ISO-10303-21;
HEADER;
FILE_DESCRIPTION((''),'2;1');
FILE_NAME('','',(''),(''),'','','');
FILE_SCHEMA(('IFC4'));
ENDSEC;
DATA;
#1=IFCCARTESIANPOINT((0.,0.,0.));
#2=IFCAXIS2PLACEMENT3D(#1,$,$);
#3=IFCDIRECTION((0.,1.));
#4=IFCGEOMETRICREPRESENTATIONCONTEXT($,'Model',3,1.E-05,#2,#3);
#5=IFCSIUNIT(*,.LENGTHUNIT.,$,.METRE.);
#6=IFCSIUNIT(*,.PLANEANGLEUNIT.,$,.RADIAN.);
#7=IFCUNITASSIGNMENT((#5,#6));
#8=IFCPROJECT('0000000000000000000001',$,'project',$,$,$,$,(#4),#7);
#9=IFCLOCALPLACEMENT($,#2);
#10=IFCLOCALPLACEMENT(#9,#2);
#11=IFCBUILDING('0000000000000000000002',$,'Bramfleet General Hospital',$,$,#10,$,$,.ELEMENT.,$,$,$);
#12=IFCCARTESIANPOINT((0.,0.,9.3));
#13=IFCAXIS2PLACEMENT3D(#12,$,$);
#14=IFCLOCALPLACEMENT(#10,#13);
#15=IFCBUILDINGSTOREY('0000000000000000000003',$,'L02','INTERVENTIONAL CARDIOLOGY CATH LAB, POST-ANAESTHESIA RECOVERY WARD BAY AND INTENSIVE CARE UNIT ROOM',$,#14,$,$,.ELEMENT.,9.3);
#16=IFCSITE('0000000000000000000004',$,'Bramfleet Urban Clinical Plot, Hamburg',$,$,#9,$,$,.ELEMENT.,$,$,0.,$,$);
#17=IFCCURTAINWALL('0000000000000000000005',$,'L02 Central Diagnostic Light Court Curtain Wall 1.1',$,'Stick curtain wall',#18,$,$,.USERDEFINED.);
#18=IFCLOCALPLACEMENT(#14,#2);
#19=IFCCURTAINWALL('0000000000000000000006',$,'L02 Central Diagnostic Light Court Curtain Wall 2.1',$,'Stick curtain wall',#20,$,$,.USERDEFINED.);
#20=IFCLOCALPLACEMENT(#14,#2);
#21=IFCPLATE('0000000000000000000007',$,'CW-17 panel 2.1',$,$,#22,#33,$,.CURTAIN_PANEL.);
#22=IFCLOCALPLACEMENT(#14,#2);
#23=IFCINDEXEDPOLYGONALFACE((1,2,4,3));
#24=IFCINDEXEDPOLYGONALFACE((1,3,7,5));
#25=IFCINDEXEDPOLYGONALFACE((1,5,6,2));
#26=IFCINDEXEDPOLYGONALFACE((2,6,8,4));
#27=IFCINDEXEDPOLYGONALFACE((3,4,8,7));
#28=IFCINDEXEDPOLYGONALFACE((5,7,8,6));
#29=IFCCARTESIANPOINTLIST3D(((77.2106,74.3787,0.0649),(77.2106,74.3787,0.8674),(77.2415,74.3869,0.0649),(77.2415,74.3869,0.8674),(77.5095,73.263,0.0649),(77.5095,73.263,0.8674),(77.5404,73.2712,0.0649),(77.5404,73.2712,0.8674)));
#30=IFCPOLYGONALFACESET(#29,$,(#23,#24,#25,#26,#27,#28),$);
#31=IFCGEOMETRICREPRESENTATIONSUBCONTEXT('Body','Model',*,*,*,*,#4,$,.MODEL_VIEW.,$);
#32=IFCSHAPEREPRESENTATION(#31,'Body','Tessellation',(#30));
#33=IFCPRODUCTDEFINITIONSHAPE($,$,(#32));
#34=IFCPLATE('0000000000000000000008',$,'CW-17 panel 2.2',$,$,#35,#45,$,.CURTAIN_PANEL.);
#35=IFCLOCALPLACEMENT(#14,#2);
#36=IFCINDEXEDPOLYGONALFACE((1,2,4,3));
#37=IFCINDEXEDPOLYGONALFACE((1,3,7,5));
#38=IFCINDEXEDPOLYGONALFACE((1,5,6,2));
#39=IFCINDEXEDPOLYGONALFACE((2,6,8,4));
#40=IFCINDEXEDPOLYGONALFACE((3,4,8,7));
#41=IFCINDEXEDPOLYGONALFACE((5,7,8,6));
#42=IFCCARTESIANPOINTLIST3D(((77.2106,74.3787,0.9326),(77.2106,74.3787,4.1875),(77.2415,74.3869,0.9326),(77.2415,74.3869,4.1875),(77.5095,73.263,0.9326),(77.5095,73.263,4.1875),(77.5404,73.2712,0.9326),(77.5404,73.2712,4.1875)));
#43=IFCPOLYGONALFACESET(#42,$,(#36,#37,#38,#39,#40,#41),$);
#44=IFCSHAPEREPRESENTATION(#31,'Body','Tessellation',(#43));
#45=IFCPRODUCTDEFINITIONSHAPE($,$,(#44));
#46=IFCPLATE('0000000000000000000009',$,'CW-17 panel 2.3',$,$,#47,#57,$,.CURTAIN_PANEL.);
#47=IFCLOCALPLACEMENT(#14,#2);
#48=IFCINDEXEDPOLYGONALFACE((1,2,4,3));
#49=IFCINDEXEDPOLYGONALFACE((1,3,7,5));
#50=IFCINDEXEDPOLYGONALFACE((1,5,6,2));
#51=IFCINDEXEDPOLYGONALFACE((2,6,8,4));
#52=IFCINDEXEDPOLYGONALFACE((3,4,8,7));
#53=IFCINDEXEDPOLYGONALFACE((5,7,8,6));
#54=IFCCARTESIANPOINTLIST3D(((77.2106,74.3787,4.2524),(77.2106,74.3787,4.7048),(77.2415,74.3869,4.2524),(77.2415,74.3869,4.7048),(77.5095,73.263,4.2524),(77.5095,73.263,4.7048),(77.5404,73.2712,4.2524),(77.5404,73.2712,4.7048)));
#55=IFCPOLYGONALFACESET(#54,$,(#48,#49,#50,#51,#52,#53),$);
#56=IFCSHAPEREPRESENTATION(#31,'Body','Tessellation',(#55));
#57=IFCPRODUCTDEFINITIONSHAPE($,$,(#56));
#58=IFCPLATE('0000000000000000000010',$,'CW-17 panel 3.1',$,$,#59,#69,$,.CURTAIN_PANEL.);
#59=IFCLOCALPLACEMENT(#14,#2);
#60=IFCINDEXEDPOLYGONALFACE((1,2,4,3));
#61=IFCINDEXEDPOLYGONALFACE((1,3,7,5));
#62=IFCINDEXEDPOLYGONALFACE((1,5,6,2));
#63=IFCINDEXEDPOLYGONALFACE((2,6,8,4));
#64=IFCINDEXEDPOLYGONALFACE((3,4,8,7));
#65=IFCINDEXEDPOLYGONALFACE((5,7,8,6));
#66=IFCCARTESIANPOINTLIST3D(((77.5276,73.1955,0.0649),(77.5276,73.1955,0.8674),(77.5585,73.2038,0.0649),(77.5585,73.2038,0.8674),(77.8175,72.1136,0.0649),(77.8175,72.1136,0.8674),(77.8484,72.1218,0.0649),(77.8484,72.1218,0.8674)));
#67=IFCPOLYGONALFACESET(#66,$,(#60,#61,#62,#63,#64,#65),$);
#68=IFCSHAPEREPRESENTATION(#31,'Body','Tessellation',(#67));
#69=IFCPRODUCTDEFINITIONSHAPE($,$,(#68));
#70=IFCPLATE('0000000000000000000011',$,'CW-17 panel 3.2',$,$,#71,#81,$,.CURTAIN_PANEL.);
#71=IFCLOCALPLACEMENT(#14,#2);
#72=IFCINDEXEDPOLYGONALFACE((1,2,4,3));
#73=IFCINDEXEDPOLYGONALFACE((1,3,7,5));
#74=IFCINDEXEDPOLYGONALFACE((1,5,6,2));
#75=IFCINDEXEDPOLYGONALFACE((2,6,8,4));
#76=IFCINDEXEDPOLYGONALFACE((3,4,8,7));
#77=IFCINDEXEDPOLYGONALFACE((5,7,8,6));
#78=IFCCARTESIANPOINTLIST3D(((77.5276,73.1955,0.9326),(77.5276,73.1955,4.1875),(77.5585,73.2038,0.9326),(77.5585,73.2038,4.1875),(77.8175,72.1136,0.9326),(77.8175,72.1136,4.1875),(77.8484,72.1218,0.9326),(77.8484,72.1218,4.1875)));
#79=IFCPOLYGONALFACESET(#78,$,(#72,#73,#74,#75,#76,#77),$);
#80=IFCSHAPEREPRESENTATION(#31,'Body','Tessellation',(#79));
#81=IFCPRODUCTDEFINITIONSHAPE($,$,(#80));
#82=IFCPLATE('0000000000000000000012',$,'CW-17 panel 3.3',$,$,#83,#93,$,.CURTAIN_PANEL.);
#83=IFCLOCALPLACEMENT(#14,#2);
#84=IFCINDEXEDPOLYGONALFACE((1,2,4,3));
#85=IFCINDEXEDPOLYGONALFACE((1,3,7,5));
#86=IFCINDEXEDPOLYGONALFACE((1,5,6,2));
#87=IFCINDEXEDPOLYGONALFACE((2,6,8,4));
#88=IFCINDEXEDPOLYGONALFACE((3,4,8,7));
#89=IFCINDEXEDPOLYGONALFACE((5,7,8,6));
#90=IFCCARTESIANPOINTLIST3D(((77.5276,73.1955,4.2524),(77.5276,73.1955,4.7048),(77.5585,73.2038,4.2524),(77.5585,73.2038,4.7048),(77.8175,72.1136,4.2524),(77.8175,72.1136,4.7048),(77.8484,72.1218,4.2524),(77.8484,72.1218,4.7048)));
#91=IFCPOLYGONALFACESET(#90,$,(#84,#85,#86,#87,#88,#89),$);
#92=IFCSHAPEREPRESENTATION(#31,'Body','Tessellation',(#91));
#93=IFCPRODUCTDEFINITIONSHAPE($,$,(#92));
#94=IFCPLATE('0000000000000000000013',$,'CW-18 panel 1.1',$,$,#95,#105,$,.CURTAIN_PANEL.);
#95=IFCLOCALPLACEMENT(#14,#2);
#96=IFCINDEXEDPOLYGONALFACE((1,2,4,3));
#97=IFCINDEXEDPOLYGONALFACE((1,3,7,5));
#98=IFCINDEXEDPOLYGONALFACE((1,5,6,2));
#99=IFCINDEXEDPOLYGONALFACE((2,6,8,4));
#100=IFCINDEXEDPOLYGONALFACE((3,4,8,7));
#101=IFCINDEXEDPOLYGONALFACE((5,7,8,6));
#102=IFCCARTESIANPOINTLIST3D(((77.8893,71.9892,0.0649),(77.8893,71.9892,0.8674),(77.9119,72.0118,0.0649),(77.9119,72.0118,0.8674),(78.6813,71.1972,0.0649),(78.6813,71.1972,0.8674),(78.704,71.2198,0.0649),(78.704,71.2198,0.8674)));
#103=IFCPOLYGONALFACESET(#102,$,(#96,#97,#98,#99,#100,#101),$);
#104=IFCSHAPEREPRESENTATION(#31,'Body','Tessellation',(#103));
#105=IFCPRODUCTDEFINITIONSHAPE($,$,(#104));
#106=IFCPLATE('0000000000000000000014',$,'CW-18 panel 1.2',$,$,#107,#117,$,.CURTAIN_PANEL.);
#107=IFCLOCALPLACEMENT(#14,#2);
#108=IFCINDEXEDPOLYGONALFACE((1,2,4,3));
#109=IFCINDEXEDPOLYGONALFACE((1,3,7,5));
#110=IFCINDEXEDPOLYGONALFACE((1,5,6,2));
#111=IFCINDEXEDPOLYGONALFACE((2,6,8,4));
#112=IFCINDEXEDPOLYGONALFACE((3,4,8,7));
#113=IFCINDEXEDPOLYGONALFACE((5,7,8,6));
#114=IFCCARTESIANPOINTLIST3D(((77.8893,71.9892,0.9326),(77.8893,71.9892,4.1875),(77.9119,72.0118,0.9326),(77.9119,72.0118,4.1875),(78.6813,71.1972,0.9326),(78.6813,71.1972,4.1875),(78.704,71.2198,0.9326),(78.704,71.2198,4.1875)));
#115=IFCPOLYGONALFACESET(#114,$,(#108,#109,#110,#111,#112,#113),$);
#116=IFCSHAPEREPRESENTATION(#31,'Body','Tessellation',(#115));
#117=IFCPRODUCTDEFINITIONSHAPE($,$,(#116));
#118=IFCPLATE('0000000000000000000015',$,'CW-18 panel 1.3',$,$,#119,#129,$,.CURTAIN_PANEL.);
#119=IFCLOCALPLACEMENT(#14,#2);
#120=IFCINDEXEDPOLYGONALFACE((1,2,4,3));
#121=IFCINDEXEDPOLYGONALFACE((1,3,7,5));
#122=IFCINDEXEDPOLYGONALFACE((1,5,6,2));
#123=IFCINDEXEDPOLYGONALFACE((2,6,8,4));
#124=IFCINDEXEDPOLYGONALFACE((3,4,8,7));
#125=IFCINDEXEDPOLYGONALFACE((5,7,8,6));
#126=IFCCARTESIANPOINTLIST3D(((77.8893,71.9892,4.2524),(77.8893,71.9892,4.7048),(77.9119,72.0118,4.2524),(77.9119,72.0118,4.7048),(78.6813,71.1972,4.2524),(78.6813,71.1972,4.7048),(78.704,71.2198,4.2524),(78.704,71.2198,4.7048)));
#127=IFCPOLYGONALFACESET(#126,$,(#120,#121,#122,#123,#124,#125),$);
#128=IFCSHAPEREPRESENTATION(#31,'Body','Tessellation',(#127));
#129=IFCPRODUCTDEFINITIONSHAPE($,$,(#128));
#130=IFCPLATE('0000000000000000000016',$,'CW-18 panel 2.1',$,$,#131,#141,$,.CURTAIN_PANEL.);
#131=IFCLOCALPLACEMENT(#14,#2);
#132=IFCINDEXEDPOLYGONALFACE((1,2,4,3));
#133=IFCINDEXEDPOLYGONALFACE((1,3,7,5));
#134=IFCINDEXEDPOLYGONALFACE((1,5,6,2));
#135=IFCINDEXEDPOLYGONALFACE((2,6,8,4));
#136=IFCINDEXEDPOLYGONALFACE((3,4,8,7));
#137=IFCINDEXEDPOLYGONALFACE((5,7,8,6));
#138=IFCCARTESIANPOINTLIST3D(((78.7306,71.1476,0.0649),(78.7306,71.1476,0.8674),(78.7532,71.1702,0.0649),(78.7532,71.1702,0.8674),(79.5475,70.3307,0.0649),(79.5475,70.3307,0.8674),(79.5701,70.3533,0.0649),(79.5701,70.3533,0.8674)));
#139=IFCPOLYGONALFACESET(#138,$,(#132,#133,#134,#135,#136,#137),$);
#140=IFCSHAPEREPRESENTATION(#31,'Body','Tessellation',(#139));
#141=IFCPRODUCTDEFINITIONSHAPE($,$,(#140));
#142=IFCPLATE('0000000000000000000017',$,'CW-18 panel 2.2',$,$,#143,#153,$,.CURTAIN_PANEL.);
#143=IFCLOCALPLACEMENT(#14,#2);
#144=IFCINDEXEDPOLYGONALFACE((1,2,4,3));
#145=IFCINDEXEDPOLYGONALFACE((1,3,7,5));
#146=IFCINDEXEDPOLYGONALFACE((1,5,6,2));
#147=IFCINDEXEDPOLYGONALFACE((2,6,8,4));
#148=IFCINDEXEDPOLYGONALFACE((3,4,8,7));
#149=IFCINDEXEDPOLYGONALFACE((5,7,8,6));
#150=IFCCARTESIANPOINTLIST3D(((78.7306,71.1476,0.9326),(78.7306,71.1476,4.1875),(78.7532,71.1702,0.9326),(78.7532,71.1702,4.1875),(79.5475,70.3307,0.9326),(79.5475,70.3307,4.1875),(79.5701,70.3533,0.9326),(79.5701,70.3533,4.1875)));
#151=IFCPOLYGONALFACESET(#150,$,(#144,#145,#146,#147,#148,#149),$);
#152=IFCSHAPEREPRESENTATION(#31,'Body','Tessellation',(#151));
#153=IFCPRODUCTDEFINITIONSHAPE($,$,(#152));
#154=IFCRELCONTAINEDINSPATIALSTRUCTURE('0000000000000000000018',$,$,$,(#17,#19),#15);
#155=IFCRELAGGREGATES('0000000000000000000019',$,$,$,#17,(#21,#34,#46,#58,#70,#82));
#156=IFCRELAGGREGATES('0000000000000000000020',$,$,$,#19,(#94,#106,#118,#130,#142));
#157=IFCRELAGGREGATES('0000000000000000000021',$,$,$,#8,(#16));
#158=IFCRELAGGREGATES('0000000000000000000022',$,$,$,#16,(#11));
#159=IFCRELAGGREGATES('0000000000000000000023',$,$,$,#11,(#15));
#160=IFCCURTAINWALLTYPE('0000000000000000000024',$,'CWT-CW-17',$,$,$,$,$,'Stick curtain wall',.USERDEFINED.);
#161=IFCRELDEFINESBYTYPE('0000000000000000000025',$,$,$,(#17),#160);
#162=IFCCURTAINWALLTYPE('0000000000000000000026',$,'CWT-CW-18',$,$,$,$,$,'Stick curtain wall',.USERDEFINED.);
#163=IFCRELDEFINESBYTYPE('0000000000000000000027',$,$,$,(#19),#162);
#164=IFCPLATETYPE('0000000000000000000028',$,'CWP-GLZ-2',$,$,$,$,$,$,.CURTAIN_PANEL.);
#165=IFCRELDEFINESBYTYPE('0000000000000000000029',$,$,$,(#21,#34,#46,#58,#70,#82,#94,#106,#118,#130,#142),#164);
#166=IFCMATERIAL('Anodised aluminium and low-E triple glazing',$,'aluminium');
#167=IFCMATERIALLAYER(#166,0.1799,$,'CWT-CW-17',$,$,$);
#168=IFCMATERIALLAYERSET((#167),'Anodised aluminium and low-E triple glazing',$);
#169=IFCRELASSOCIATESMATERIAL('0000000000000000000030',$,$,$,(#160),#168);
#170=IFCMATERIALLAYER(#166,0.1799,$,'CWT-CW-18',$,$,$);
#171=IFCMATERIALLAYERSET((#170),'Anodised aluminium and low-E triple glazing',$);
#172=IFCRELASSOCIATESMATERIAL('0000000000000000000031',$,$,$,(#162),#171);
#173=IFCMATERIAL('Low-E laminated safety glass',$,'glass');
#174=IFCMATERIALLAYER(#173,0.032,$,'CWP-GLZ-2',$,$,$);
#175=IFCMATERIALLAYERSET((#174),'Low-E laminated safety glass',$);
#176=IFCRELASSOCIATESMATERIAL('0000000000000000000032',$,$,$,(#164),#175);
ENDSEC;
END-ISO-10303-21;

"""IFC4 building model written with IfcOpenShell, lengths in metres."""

from ifc_helpers import new_model, si_unit, direction, frame, origin, origin_2d, place, context, subcontext, project, spatial, rectangle, extrude, material, layer, layer_set, type_object, element, aggregate, save


model = new_model("IFC4")

# Units and contexts
model_context = context("Model", 3, precision=1e-05, world=origin(), true_north=direction((0.0, 1.0)))
body_context = subcontext(model_context, "Body", "Model", "MODEL_VIEW")
ifc_project = project(units=[si_unit("LENGTHUNIT", "METRE"), si_unit("PLANEANGLEUNIT", "RADIAN")], contexts=[model_context])

# Site, building, storey
site_placement = place(None, origin())
site = spatial("IfcSite", under=ifc_project, at=site_placement, Name="Bramfleet Urban Clinical Plot, Hamburg", CompositionType="ELEMENT", RefElevation=0.0)
building_placement = place(site_placement, origin())
building = spatial("IfcBuilding", under=site, at=building_placement, Name="Bramfleet General Hospital", CompositionType="ELEMENT")
storey_placement = place(building_placement, frame((0.0, 0.0, 9.3)))
storey = spatial("IfcBuildingStorey", under=building, at=storey_placement, Name="L02", Description="INTERVENTIONAL CARDIOLOGY CATH LAB, POST-ANAESTHESIA RECOVERY WARD BAY AND INTENSIVE CARE UNIT ROOM", CompositionType="ELEMENT", Elevation=9.3)

# Curtain walls
ifc_material_1 = material(Name="Anodised aluminium and low-E triple glazing", Category="aluminium")
ifc_layer_1 = layer(ifc_material_1, 0.1799, Name="CWT-CW-17")
ifc_layer_set_1 = layer_set([ifc_layer_1], Name="Anodised aluminium and low-E triple glazing")
curtain_wall_type_1 = type_object("IfcCurtainWallType", Name="CWT-CW-17", ElementType="Stick curtain wall", PredefinedType="USERDEFINED", material=ifc_layer_set_1)
curtain_wall_1_placement = place(storey_placement, origin())
curtain_wall_1 = element("IfcCurtainWall", 1, at=curtain_wall_1_placement, inside=storey, type_object=curtain_wall_type_1, Name="L02 Central Diagnostic Light Court Curtain Wall 1.1", ObjectType="Stick curtain wall", PredefinedType="USERDEFINED")
ifc_layer_2 = layer(ifc_material_1, 0.1799, Name="CWT-CW-18")
ifc_layer_set_2 = layer_set([ifc_layer_2], Name="Anodised aluminium and low-E triple glazing")
curtain_wall_type_2 = type_object("IfcCurtainWallType", Name="CWT-CW-18", ElementType="Stick curtain wall", PredefinedType="USERDEFINED", material=ifc_layer_set_2)
curtain_wall_2_placement = place(storey_placement, origin())
curtain_wall_2 = element("IfcCurtainWall", 2, at=curtain_wall_2_placement, inside=storey, type_object=curtain_wall_type_2, Name="L02 Central Diagnostic Light Court Curtain Wall 2.1", ObjectType="Stick curtain wall", PredefinedType="USERDEFINED")

# Plates
ifc_material_2 = material(Name="Low-E laminated safety glass", Category="glass")
ifc_layer_3 = layer(ifc_material_2, 0.032, Name="CWP-GLZ-2")
ifc_layer_set_3 = layer_set([ifc_layer_3], Name="Low-E laminated safety glass")
plate_type = type_object("IfcPlateType", Name="CWP-GLZ-2", PredefinedType="CURTAIN_PANEL", material=ifc_layer_set_3)
plate_1_placement = place(storey_placement, frame((77.3755, 73.825, 0.0649), z_axis=(0.0, 0.0, 1.0), x_axis=(0.258763, -0.965941, 0.0)))
plate_1 = element("IfcPlate", 3, at=plate_1_placement, type_object=plate_type, Name="CW-17 panel 2.1", PredefinedType="CURTAIN_PANEL", context=body_context, shape_type="SweptSolid", body=[
    extrude(rectangle(XDim=1.155, YDim=0.032, at=origin_2d()), origin(), (0.0, 0.0, 1.0), 0.8025),
])
plate_2_placement = place(storey_placement, frame((77.3755, 73.825, 0.9326), z_axis=(0.0, 0.0, 1.0), x_axis=(0.258763, -0.965941, 0.0)))
plate_2 = element("IfcPlate", 4, at=plate_2_placement, type_object=plate_type, Name="CW-17 panel 2.2", PredefinedType="CURTAIN_PANEL", context=body_context, shape_type="SweptSolid", body=[
    extrude(rectangle(XDim=1.155, YDim=0.032, at=origin_2d()), origin(), (0.0, 0.0, 1.0), 3.2549),
])
plate_3_placement = place(storey_placement, frame((77.3755, 73.825, 4.2524), z_axis=(0.0, 0.0, 1.0), x_axis=(0.258763, -0.965941, 0.0)))
plate_3 = element("IfcPlate", 5, at=plate_3_placement, type_object=plate_type, Name="CW-17 panel 2.3", PredefinedType="CURTAIN_PANEL", context=body_context, shape_type="SweptSolid", body=[
    extrude(rectangle(XDim=1.155, YDim=0.032, at=origin_2d()), origin(), (0.0, 0.0, 1.0), 0.4524),
])
plate_4_placement = place(storey_placement, frame((77.688, 72.6587, 0.0649), z_axis=(0.0, 0.0, 1.0), x_axis=(0.258763, -0.965941, 0.0)))
plate_4 = element("IfcPlate", 6, at=plate_4_placement, type_object=plate_type, Name="CW-17 panel 3.1", PredefinedType="CURTAIN_PANEL", context=body_context, shape_type="SweptSolid", body=[
    extrude(rectangle(XDim=1.1201, YDim=0.032, at=origin_2d()), origin(), (0.0, 0.0, 1.0), 0.8025),
])
plate_5_placement = place(storey_placement, frame((77.688, 72.6587, 0.9326), z_axis=(0.0, 0.0, 1.0), x_axis=(0.258763, -0.965941, 0.0)))
plate_5 = element("IfcPlate", 7, at=plate_5_placement, type_object=plate_type, Name="CW-17 panel 3.2", PredefinedType="CURTAIN_PANEL", context=body_context, shape_type="SweptSolid", body=[
    extrude(rectangle(XDim=1.1201, YDim=0.032, at=origin_2d()), origin(), (0.0, 0.0, 1.0), 3.2549),
])
plate_6_placement = place(storey_placement, frame((77.688, 72.6587, 4.2524), z_axis=(0.0, 0.0, 1.0), x_axis=(0.258763, -0.965941, 0.0)))
plate_6 = element("IfcPlate", 8, at=plate_6_placement, type_object=plate_type, Name="CW-17 panel 3.3", PredefinedType="CURTAIN_PANEL", context=body_context, shape_type="SweptSolid", body=[
    extrude(rectangle(XDim=1.1201, YDim=0.032, at=origin_2d()), origin(), (0.0, 0.0, 1.0), 0.4524),
])
aggregate(curtain_wall_1, [plate_1, plate_2, plate_3, plate_4, plate_5, plate_6])
plate_7_placement = place(storey_placement, frame((78.2966, 71.6045, 0.0649), z_axis=(0.0, 0.0, 1.0), x_axis=(0.707107, -0.707107, 0.0)))
plate_7 = element("IfcPlate", 9, at=plate_7_placement, type_object=plate_type, Name="CW-18 panel 1.1", PredefinedType="CURTAIN_PANEL", context=body_context, shape_type="SweptSolid", body=[
    extrude(rectangle(XDim=1.1201, YDim=0.032, at=origin_2d()), origin(), (0.0, 0.0, 1.0), 0.8025),
])
plate_8_placement = place(storey_placement, frame((78.2966, 71.6045, 0.9326), z_axis=(0.0, 0.0, 1.0), x_axis=(0.707107, -0.707107, 0.0)))
plate_8 = element("IfcPlate", 10, at=plate_8_placement, type_object=plate_type, Name="CW-18 panel 1.2", PredefinedType="CURTAIN_PANEL", context=body_context, shape_type="SweptSolid", body=[
    extrude(rectangle(XDim=1.1201, YDim=0.032, at=origin_2d()), origin(), (0.0, 0.0, 1.0), 3.2549),
])
plate_9_placement = place(storey_placement, frame((78.2966, 71.6045, 4.2524), z_axis=(0.0, 0.0, 1.0), x_axis=(0.707107, -0.707107, 0.0)))
plate_9 = element("IfcPlate", 11, at=plate_9_placement, type_object=plate_type, Name="CW-18 panel 1.3", PredefinedType="CURTAIN_PANEL", context=body_context, shape_type="SweptSolid", body=[
    extrude(rectangle(XDim=1.1201, YDim=0.032, at=origin_2d()), origin(), (0.0, 0.0, 1.0), 0.4524),
])
plate_10_placement = place(storey_placement, frame((79.1504, 70.7505, 0.0649), z_axis=(0.0, 0.0, 1.0), x_axis=(0.707107, -0.707107, 0.0)))
plate_10 = element("IfcPlate", 12, at=plate_10_placement, type_object=plate_type, Name="CW-18 panel 2.1", PredefinedType="CURTAIN_PANEL", context=body_context, shape_type="SweptSolid", body=[
    extrude(rectangle(XDim=1.1553, YDim=0.032, at=origin_2d()), origin(), (0.0, 0.0, 1.0), 0.8025),
])
plate_11_placement = place(storey_placement, frame((79.1504, 70.7505, 0.9326), z_axis=(0.0, 0.0, 1.0), x_axis=(0.707107, -0.707107, 0.0)))
plate_11 = element("IfcPlate", 13, at=plate_11_placement, type_object=plate_type, Name="CW-18 panel 2.2", PredefinedType="CURTAIN_PANEL", context=body_context, shape_type="SweptSolid", body=[
    extrude(rectangle(XDim=1.1553, YDim=0.032, at=origin_2d()), origin(), (0.0, 0.0, 1.0), 3.2549),
])
aggregate(curtain_wall_2, [plate_7, plate_8, plate_9, plate_10, plate_11])

save(model, "model.ifc")
